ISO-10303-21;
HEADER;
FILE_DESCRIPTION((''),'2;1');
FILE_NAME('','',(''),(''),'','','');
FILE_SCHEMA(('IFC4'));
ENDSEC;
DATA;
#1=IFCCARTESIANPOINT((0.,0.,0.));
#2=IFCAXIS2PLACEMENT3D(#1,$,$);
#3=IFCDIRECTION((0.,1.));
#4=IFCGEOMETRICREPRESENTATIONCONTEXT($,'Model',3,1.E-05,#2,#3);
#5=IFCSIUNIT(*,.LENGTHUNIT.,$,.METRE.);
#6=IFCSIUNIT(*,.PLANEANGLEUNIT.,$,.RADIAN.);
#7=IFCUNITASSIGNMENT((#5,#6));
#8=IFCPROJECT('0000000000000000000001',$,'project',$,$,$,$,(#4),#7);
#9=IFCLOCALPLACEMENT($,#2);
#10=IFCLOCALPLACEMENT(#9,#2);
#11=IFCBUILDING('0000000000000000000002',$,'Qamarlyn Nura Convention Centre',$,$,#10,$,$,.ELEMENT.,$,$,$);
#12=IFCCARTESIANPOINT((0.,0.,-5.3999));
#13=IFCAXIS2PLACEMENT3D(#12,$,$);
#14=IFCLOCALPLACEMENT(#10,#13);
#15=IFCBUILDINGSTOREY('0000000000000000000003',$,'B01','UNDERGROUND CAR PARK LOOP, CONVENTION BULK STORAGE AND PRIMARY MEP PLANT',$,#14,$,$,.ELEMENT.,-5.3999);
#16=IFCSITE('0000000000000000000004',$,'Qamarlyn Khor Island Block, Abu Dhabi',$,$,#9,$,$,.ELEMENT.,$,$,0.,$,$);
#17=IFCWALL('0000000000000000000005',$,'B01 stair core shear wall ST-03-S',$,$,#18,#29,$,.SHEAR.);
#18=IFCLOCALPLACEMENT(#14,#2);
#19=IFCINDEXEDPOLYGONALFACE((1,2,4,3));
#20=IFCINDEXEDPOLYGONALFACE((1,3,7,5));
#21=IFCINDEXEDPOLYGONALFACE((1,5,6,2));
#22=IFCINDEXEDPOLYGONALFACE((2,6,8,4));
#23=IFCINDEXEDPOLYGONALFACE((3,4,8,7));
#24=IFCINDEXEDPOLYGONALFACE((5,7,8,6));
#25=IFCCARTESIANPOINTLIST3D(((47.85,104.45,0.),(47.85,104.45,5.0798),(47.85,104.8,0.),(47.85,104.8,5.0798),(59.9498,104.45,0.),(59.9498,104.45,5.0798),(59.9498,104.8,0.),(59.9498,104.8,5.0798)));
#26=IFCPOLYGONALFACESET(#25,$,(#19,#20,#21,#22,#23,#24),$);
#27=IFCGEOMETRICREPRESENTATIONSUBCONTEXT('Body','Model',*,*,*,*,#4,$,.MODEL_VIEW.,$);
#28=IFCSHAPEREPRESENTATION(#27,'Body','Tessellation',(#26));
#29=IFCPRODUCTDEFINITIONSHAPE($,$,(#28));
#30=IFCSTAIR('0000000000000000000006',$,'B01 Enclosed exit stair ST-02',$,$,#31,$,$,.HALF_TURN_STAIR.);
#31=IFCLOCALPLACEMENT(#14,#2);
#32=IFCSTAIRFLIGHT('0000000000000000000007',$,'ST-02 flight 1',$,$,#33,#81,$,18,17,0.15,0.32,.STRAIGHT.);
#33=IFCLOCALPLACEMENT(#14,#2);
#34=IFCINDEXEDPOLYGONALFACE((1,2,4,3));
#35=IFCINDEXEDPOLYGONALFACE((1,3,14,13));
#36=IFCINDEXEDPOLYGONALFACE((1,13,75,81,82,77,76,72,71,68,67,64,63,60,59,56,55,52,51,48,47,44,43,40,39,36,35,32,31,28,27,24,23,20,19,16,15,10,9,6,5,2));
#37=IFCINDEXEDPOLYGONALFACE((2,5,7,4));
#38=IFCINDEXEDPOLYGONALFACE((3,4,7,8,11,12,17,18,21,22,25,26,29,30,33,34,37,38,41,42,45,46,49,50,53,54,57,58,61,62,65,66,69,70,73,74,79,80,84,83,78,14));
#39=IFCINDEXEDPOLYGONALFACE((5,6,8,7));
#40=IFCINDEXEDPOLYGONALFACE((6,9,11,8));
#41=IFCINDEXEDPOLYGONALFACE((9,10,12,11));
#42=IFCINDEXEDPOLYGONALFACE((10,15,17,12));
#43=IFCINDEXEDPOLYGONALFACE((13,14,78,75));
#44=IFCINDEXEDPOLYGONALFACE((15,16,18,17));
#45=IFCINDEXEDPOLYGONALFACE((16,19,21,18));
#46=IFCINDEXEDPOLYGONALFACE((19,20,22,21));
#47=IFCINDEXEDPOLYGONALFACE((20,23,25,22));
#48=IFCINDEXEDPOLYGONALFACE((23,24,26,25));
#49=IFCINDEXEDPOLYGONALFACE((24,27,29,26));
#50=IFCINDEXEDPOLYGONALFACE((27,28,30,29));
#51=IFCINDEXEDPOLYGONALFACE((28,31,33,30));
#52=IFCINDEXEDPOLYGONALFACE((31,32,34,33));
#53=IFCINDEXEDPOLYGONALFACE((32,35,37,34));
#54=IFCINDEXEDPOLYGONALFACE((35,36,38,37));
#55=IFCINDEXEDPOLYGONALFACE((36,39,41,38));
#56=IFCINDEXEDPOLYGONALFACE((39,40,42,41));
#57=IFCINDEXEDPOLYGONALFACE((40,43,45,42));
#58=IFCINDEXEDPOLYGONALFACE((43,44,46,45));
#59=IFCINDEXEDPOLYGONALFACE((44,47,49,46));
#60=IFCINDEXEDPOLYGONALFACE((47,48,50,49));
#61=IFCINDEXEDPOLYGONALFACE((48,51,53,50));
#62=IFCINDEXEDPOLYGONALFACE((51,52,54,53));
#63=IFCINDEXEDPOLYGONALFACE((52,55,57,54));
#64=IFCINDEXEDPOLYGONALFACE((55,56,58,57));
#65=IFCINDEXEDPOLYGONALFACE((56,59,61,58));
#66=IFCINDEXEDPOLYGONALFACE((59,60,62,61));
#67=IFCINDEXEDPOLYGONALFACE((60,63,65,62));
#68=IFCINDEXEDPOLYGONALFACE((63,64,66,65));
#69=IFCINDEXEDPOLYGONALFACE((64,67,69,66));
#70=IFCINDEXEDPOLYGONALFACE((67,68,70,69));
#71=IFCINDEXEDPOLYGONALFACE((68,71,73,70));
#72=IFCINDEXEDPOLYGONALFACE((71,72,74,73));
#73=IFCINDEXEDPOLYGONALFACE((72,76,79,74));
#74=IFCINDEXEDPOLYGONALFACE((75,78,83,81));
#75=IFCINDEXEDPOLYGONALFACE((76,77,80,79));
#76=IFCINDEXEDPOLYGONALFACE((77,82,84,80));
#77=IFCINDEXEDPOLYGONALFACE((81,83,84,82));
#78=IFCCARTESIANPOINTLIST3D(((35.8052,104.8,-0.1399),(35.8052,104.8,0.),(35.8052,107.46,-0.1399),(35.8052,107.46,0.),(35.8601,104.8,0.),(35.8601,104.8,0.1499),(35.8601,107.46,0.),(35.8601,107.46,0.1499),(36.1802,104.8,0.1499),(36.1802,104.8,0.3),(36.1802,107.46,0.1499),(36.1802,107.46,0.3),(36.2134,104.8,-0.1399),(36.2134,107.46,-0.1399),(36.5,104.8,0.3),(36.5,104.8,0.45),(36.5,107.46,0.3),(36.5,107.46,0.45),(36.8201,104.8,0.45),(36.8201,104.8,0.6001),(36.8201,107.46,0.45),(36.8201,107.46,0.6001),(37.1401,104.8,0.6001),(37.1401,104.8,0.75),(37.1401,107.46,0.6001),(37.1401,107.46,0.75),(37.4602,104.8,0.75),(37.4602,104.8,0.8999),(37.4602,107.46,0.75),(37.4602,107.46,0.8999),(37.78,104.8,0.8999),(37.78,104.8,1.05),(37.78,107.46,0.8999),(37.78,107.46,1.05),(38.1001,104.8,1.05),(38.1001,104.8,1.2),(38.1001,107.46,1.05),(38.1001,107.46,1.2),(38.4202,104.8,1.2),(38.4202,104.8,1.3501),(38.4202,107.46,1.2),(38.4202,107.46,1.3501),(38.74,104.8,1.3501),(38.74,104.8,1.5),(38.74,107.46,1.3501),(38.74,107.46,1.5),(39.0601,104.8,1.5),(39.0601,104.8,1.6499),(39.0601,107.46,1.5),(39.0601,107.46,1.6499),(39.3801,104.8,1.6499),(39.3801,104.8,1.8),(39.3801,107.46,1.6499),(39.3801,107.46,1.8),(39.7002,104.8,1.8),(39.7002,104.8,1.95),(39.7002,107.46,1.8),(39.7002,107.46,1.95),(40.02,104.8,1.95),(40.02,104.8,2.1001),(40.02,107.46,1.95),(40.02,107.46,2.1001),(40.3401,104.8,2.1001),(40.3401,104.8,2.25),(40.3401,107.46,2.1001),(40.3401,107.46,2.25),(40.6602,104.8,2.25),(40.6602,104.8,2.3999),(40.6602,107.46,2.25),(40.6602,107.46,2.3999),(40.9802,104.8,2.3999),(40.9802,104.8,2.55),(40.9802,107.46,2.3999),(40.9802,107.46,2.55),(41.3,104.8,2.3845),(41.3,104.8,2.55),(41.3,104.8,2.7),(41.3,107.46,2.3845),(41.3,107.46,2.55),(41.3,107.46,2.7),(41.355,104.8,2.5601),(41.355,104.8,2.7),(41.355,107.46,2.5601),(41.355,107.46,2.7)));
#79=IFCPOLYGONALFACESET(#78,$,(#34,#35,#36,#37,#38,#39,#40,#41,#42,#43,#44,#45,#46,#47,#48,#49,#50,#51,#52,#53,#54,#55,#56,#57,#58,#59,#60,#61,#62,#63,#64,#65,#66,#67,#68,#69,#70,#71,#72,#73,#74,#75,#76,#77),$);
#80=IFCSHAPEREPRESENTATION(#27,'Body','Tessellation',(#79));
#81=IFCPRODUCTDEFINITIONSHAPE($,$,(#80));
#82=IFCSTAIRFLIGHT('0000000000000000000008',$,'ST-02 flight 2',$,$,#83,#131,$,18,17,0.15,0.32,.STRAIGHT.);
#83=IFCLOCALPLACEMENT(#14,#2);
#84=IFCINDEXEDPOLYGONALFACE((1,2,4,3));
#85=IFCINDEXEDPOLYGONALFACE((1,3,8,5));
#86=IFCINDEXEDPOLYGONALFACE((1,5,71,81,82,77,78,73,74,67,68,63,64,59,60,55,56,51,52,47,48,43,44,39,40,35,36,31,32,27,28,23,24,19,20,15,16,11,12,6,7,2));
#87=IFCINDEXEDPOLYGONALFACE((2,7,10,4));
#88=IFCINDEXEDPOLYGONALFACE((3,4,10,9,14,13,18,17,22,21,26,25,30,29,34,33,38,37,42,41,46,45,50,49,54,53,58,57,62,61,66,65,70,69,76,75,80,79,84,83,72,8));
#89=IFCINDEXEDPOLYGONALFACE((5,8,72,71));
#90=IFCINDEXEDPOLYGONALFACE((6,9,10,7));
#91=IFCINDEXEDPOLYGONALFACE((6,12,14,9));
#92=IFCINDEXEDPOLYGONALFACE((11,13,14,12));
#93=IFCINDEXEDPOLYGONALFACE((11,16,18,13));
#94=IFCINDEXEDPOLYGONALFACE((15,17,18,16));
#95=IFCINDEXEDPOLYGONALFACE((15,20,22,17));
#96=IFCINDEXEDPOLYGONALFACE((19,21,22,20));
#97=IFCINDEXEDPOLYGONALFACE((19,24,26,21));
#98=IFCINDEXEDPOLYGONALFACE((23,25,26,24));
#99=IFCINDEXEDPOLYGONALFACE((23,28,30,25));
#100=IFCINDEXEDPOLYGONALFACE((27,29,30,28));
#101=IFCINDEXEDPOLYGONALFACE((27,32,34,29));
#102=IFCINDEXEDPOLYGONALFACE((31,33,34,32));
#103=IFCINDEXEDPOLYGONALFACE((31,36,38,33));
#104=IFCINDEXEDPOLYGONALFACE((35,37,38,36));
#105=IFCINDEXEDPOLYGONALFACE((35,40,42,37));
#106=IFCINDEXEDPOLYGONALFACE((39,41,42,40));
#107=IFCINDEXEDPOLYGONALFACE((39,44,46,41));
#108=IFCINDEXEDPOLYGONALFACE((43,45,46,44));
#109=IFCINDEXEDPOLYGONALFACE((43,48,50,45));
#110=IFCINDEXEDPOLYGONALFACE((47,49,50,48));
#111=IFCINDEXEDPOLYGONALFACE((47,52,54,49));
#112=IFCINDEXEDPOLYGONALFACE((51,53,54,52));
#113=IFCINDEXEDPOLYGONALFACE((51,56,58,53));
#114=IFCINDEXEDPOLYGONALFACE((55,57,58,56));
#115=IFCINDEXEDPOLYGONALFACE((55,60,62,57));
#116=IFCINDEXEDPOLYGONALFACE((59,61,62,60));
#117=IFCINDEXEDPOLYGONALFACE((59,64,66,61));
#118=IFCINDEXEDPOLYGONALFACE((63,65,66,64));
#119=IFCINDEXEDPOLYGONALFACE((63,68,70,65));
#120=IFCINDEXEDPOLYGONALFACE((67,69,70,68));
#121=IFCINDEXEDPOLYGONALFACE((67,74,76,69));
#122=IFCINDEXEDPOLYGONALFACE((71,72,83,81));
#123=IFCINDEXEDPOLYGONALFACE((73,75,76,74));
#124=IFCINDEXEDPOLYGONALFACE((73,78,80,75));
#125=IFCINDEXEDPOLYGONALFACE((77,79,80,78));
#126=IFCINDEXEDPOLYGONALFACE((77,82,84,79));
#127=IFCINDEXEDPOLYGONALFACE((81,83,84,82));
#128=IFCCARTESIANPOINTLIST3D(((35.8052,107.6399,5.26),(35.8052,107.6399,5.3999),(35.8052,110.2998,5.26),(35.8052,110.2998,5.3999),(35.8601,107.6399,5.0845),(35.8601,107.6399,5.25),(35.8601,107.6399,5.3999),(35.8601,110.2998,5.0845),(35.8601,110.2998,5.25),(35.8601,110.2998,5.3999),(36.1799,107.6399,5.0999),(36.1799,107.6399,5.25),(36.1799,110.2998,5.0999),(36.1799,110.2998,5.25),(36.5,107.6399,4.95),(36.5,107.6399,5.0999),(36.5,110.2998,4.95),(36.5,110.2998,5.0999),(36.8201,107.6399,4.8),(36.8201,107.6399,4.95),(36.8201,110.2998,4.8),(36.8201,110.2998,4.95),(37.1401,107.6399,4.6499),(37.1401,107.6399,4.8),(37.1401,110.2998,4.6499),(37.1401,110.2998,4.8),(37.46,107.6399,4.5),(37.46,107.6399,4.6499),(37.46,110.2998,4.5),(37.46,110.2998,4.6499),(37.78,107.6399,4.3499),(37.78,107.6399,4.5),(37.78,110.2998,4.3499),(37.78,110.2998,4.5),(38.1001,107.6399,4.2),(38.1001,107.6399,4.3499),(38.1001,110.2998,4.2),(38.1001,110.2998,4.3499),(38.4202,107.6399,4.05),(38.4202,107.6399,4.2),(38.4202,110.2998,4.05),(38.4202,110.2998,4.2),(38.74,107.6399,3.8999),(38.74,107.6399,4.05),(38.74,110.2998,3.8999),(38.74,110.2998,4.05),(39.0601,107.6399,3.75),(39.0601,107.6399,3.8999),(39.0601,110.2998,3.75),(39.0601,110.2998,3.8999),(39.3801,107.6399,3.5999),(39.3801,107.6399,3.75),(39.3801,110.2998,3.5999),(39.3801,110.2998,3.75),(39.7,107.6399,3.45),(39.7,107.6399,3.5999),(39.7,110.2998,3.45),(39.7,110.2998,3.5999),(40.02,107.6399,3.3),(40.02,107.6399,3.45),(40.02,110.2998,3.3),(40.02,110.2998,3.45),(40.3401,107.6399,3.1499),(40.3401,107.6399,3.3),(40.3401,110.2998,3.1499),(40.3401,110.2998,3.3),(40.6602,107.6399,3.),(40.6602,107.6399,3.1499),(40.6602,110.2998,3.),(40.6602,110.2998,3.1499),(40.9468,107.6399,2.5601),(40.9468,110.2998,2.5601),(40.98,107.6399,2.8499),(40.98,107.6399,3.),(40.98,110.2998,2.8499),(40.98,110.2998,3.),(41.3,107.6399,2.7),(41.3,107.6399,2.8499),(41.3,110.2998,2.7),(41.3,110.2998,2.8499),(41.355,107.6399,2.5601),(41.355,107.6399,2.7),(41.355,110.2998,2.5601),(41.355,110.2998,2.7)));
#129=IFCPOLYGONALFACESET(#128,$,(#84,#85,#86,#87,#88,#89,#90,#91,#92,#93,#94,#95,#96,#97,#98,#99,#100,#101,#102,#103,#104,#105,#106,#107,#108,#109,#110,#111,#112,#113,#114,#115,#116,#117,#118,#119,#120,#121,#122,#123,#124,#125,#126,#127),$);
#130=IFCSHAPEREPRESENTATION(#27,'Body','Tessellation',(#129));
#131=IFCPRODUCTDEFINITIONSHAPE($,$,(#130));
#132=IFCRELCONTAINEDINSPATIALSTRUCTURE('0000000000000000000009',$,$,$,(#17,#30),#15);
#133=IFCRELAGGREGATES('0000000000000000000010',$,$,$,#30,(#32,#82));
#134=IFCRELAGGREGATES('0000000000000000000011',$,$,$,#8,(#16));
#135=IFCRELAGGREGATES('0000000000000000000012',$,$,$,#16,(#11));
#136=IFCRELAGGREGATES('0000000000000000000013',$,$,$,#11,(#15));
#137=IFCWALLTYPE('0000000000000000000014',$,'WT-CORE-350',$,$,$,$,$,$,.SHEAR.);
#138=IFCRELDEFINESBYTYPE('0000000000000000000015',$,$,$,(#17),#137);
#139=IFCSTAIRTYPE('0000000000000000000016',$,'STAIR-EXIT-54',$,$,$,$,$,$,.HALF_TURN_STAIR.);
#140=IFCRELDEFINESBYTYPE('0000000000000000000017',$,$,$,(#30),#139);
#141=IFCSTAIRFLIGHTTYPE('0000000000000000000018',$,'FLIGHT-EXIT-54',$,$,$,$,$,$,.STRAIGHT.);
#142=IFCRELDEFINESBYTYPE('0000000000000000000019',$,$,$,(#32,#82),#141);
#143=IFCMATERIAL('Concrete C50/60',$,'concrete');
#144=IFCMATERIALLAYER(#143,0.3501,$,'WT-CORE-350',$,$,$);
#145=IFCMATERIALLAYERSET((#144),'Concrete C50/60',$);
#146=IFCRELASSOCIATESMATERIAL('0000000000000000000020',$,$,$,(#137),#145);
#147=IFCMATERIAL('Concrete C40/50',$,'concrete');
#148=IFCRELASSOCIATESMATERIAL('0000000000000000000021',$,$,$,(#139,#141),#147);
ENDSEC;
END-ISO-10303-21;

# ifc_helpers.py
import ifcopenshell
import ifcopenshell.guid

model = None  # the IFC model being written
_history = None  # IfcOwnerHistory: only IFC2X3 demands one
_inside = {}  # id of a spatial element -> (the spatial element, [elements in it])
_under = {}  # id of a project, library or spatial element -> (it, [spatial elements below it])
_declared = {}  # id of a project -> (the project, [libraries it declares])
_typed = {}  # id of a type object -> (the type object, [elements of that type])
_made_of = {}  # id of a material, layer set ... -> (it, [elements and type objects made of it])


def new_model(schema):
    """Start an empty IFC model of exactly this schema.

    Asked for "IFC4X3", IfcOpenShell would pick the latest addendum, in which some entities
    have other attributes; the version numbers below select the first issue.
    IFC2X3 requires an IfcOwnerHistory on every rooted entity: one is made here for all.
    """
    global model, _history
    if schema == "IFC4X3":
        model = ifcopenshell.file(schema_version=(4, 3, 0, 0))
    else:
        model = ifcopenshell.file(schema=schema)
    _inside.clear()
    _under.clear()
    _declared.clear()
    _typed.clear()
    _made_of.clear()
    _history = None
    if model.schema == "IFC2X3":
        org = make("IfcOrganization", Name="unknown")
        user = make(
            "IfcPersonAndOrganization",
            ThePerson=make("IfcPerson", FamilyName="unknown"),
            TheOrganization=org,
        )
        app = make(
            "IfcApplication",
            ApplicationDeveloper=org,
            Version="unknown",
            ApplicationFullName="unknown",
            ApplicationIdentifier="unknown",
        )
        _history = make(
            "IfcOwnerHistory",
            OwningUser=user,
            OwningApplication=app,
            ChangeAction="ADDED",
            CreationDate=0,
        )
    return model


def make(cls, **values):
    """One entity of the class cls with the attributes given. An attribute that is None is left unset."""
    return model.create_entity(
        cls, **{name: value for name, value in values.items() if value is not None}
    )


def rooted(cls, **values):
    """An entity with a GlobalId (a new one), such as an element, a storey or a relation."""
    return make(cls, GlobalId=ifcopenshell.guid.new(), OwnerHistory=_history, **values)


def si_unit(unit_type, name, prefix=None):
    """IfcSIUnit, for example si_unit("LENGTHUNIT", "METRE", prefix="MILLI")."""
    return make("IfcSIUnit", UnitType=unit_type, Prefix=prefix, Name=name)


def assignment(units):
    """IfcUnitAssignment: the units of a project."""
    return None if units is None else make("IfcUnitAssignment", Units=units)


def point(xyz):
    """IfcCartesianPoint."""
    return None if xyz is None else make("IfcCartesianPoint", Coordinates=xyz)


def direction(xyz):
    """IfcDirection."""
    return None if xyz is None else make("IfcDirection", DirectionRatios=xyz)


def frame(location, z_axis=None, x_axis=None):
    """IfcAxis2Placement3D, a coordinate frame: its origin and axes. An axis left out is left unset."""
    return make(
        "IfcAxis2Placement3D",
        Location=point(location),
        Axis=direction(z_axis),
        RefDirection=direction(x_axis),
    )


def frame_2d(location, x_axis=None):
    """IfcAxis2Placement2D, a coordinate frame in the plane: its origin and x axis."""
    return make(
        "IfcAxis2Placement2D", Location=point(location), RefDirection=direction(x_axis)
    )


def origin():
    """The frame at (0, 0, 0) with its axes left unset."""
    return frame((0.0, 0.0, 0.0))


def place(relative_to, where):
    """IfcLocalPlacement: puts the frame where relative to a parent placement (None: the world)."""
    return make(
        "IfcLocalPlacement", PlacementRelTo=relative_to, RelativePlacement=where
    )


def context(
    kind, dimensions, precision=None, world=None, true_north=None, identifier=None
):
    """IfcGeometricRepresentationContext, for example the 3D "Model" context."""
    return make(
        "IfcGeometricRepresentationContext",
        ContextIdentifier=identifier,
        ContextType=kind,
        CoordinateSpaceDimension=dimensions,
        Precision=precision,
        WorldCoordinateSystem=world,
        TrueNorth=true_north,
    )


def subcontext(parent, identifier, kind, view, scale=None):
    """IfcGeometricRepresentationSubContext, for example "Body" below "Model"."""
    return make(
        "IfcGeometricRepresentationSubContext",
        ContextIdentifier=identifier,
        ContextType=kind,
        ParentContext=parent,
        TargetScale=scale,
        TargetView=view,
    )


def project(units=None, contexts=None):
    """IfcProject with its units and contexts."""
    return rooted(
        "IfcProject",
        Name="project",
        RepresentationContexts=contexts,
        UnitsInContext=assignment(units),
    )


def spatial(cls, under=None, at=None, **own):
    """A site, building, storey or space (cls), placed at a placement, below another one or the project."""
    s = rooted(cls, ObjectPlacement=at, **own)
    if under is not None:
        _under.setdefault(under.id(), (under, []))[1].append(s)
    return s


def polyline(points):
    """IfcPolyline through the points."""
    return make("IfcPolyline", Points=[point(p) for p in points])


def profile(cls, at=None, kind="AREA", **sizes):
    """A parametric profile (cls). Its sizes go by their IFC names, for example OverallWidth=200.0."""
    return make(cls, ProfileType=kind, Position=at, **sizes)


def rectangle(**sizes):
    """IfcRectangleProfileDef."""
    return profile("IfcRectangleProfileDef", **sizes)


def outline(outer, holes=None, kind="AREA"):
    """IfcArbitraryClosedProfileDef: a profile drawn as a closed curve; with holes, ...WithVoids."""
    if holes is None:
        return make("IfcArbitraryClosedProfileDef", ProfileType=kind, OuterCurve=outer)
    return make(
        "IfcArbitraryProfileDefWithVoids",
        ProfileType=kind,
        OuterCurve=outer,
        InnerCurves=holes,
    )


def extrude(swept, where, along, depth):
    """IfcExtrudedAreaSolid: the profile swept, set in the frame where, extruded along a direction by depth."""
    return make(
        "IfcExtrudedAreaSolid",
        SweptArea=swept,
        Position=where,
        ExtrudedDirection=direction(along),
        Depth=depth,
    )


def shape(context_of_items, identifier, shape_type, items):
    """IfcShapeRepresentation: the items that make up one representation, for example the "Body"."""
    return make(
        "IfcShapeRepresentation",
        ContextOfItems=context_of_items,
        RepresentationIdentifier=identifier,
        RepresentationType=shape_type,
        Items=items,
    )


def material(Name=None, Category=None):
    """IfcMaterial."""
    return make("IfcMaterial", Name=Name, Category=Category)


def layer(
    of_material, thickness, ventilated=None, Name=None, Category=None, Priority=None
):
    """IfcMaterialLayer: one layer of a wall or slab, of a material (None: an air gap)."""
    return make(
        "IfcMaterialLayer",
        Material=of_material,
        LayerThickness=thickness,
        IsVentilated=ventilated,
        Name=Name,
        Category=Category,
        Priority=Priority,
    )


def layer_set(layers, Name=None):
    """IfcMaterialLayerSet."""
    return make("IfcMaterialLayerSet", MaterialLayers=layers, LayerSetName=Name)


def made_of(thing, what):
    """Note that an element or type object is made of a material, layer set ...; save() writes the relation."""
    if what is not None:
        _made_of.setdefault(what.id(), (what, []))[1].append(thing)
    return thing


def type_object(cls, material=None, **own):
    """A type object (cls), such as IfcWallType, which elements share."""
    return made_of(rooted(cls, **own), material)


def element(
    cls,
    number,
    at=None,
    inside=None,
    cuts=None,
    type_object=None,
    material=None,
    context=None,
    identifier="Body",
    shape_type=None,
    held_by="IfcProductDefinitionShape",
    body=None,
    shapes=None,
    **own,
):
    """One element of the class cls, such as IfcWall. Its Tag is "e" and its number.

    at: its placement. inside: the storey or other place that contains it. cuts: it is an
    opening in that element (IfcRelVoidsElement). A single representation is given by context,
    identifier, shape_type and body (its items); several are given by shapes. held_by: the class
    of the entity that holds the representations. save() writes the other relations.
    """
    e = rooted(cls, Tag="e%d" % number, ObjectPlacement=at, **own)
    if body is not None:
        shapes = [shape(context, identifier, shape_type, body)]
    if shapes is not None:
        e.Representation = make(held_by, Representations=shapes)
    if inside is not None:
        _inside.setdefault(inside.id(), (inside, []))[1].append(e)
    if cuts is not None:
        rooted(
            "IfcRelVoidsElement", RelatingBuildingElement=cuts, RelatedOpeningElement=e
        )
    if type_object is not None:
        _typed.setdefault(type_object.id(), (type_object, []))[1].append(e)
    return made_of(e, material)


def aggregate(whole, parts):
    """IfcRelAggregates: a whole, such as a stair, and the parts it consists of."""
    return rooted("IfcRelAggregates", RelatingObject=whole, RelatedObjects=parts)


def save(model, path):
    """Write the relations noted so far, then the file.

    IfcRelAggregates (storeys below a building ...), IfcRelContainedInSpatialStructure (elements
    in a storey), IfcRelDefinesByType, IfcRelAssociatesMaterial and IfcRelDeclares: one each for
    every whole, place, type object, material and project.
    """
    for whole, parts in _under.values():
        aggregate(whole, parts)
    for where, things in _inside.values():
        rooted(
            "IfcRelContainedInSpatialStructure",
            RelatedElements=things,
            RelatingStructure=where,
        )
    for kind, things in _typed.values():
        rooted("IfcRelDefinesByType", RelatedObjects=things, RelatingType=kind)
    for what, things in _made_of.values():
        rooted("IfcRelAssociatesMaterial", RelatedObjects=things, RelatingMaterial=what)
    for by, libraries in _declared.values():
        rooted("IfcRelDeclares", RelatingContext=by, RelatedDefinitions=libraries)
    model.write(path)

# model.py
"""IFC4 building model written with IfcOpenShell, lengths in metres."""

from ifc_helpers import new_model, si_unit, direction, frame, frame_2d, origin, place, context, subcontext, project, spatial, polyline, rectangle, outline, extrude, material, layer, layer_set, type_object, element, aggregate, save


model = new_model("IFC4")

# Units and contexts
model_context = context("Model", 3, precision=1e-05, world=origin(), true_north=direction((0.0, 1.0)))
body_context = subcontext(model_context, "Body", "Model", "MODEL_VIEW")
ifc_project = project(units=[si_unit("LENGTHUNIT", "METRE"), si_unit("PLANEANGLEUNIT", "RADIAN")], contexts=[model_context])

# Site, building, storey
site_placement = place(None, origin())
site = spatial("IfcSite", under=ifc_project, at=site_placement, Name="Qamarlyn Khor Island Block, Abu Dhabi", CompositionType="ELEMENT", RefElevation=0.0)
building_placement = place(site_placement, origin())
building = spatial("IfcBuilding", under=site, at=building_placement, Name="Qamarlyn Nura Convention Centre", CompositionType="ELEMENT")
storey_placement = place(building_placement, frame((0.0, 0.0, -5.3999)))
storey = spatial("IfcBuildingStorey", under=building, at=storey_placement, Name="B01", Description="UNDERGROUND CAR PARK LOOP, CONVENTION BULK STORAGE AND PRIMARY MEP PLANT", CompositionType="ELEMENT", Elevation=-5.3999)

# Shared definitions
ifc_material_1 = material(Name="Concrete C40/50", Category="concrete")

# Wall
ifc_material_2 = material(Name="Concrete C50/60", Category="concrete")
ifc_layer = layer(ifc_material_2, 0.3501, Name="WT-CORE-350")
ifc_layer_set = layer_set([ifc_layer], Name="Concrete C50/60")
wall_type = type_object("IfcWallType", Name="WT-CORE-350", PredefinedType="SHEAR", material=ifc_layer_set)
wall_1_placement = place(storey_placement, frame((47.8501, 104.625, 0.0), z_axis=(0.0, 0.0, 1.0), x_axis=(1.0, 0.0, 0.0)))
element("IfcWall", 1, at=wall_1_placement, inside=storey, type_object=wall_type, Name="B01 stair core shear wall ST-03-S", PredefinedType="SHEAR", context=body_context, shape_type="SweptSolid", body=[
    extrude(rectangle(XDim=12.0999, YDim=0.3501, at=frame_2d((6.0498, 0.0))), origin(), (0.0, 0.0, 1.0), 5.0798),
])

# Stair, stair flights
stair_type = type_object("IfcStairType", Name="STAIR-EXIT-54", PredefinedType="HALF_TURN_STAIR", material=ifc_material_1)
stair_placement = place(storey_placement, origin())
stair = element("IfcStair", 2, at=stair_placement, inside=storey, type_object=stair_type, Name="B01 Enclosed exit stair ST-02", PredefinedType="HALF_TURN_STAIR")
stair_flight_type = type_object("IfcStairFlightType", Name="FLIGHT-EXIT-54", PredefinedType="STRAIGHT", material=ifc_material_1)
stair_flight_1_placement = place(storey_placement, frame((35.8601, 106.1299, 0.0), z_axis=(0.0, 0.0, 1.0), x_axis=(1.0, 0.0, 0.0)))
stair_flight_1 = element("IfcStairFlight", 3, at=stair_flight_1_placement, type_object=stair_flight_type, Name="ST-02 flight 1", NumberOfRisers=18, NumberOfTreads=17, PredefinedType="STRAIGHT", RiserHeight=0.15, TreadLength=0.32, context=body_context, shape_type="SweptSolid", body=[
    extrude(outline(polyline([(-0.0549, 0.0), (0.0, 0.0), (0.0, 0.1499), (0.3201, 0.1499), (0.3201, 0.3), (0.6399, 0.3), (0.6399, 0.45), (0.96, 0.45), (0.96, 0.6001), (1.28, 0.6001), (1.28, 0.75), (1.6001, 0.75), (1.6001, 0.8999), (1.9199, 0.8999), (1.9199, 1.05), (2.24, 1.05), (2.24, 1.2), (2.5601, 1.2), (2.5601, 1.3501), (2.8799, 1.3501), (2.8799, 1.5), (3.2, 1.5), (3.2, 1.6499), (3.52, 1.6499), (3.52, 1.8), (3.8401, 1.8), (3.8401, 1.95), (4.1599, 1.95), (4.1599, 2.1001), (4.48, 2.1001), (4.48, 2.25), (4.8, 2.25), (4.8, 2.3999), (5.1201, 2.3999), (5.1201, 2.55), (5.4399, 2.55), (5.4399, 2.7), (5.4949, 2.7), (5.4949, 2.5601), (5.4399, 2.3845), (0.3533, -0.1399), (-0.0549, -0.1399), (-0.0549, 0.0)])), frame((0.0, 1.3301, 0.0), z_axis=(0.0, -1.0, 0.0), x_axis=(1.0, 0.0, 0.0)), (0.0, 0.0, 1.0), 2.6599),
])
stair_flight_2_placement = place(storey_placement, frame((41.3, 108.97, 2.7), z_axis=(0.0, 0.0, 1.0), x_axis=(-1.0, 0.0, 0.0)))
stair_flight_2 = element("IfcStairFlight", 4, at=stair_flight_2_placement, type_object=stair_flight_type, Name="ST-02 flight 2", NumberOfRisers=18, NumberOfTreads=17, PredefinedType="STRAIGHT", RiserHeight=0.15, TreadLength=0.32, context=body_context, shape_type="SweptSolid", body=[
    extrude(outline(polyline([(-0.0549, 0.0), (0.0, 0.0), (0.0, 0.1499), (0.3201, 0.1499), (0.3201, 0.3), (0.6399, 0.3), (0.6399, 0.45), (0.96, 0.45), (0.96, 0.6001), (1.28, 0.6001), (1.28, 0.75), (1.6001, 0.75), (1.6001, 0.8999), (1.9199, 0.8999), (1.9199, 1.05), (2.24, 1.05), (2.24, 1.2), (2.5601, 1.2), (2.5601, 1.3501), (2.8799, 1.3501), (2.8799, 1.5), (3.2, 1.5), (3.2, 1.6499), (3.52, 1.6499), (3.52, 1.8), (3.8401, 1.8), (3.8401, 1.95), (4.1599, 1.95), (4.1599, 2.1001), (4.48, 2.1001), (4.48, 2.25), (4.8, 2.25), (4.8, 2.3999), (5.1201, 2.3999), (5.1201, 2.55), (5.4399, 2.55), (5.4399, 2.7), (5.4949, 2.7), (5.4949, 2.5601), (5.4399, 2.3845), (0.3533, -0.1399), (-0.0549, -0.1399), (-0.0549, 0.0)])), frame((0.0, 1.3301, 0.0), z_axis=(0.0, -1.0, 0.0), x_axis=(1.0, 0.0, 0.0)), (0.0, 0.0, 1.0), 2.6599),
])
aggregate(stair, [stair_flight_1, stair_flight_2])

save(model, "model.ifc")
